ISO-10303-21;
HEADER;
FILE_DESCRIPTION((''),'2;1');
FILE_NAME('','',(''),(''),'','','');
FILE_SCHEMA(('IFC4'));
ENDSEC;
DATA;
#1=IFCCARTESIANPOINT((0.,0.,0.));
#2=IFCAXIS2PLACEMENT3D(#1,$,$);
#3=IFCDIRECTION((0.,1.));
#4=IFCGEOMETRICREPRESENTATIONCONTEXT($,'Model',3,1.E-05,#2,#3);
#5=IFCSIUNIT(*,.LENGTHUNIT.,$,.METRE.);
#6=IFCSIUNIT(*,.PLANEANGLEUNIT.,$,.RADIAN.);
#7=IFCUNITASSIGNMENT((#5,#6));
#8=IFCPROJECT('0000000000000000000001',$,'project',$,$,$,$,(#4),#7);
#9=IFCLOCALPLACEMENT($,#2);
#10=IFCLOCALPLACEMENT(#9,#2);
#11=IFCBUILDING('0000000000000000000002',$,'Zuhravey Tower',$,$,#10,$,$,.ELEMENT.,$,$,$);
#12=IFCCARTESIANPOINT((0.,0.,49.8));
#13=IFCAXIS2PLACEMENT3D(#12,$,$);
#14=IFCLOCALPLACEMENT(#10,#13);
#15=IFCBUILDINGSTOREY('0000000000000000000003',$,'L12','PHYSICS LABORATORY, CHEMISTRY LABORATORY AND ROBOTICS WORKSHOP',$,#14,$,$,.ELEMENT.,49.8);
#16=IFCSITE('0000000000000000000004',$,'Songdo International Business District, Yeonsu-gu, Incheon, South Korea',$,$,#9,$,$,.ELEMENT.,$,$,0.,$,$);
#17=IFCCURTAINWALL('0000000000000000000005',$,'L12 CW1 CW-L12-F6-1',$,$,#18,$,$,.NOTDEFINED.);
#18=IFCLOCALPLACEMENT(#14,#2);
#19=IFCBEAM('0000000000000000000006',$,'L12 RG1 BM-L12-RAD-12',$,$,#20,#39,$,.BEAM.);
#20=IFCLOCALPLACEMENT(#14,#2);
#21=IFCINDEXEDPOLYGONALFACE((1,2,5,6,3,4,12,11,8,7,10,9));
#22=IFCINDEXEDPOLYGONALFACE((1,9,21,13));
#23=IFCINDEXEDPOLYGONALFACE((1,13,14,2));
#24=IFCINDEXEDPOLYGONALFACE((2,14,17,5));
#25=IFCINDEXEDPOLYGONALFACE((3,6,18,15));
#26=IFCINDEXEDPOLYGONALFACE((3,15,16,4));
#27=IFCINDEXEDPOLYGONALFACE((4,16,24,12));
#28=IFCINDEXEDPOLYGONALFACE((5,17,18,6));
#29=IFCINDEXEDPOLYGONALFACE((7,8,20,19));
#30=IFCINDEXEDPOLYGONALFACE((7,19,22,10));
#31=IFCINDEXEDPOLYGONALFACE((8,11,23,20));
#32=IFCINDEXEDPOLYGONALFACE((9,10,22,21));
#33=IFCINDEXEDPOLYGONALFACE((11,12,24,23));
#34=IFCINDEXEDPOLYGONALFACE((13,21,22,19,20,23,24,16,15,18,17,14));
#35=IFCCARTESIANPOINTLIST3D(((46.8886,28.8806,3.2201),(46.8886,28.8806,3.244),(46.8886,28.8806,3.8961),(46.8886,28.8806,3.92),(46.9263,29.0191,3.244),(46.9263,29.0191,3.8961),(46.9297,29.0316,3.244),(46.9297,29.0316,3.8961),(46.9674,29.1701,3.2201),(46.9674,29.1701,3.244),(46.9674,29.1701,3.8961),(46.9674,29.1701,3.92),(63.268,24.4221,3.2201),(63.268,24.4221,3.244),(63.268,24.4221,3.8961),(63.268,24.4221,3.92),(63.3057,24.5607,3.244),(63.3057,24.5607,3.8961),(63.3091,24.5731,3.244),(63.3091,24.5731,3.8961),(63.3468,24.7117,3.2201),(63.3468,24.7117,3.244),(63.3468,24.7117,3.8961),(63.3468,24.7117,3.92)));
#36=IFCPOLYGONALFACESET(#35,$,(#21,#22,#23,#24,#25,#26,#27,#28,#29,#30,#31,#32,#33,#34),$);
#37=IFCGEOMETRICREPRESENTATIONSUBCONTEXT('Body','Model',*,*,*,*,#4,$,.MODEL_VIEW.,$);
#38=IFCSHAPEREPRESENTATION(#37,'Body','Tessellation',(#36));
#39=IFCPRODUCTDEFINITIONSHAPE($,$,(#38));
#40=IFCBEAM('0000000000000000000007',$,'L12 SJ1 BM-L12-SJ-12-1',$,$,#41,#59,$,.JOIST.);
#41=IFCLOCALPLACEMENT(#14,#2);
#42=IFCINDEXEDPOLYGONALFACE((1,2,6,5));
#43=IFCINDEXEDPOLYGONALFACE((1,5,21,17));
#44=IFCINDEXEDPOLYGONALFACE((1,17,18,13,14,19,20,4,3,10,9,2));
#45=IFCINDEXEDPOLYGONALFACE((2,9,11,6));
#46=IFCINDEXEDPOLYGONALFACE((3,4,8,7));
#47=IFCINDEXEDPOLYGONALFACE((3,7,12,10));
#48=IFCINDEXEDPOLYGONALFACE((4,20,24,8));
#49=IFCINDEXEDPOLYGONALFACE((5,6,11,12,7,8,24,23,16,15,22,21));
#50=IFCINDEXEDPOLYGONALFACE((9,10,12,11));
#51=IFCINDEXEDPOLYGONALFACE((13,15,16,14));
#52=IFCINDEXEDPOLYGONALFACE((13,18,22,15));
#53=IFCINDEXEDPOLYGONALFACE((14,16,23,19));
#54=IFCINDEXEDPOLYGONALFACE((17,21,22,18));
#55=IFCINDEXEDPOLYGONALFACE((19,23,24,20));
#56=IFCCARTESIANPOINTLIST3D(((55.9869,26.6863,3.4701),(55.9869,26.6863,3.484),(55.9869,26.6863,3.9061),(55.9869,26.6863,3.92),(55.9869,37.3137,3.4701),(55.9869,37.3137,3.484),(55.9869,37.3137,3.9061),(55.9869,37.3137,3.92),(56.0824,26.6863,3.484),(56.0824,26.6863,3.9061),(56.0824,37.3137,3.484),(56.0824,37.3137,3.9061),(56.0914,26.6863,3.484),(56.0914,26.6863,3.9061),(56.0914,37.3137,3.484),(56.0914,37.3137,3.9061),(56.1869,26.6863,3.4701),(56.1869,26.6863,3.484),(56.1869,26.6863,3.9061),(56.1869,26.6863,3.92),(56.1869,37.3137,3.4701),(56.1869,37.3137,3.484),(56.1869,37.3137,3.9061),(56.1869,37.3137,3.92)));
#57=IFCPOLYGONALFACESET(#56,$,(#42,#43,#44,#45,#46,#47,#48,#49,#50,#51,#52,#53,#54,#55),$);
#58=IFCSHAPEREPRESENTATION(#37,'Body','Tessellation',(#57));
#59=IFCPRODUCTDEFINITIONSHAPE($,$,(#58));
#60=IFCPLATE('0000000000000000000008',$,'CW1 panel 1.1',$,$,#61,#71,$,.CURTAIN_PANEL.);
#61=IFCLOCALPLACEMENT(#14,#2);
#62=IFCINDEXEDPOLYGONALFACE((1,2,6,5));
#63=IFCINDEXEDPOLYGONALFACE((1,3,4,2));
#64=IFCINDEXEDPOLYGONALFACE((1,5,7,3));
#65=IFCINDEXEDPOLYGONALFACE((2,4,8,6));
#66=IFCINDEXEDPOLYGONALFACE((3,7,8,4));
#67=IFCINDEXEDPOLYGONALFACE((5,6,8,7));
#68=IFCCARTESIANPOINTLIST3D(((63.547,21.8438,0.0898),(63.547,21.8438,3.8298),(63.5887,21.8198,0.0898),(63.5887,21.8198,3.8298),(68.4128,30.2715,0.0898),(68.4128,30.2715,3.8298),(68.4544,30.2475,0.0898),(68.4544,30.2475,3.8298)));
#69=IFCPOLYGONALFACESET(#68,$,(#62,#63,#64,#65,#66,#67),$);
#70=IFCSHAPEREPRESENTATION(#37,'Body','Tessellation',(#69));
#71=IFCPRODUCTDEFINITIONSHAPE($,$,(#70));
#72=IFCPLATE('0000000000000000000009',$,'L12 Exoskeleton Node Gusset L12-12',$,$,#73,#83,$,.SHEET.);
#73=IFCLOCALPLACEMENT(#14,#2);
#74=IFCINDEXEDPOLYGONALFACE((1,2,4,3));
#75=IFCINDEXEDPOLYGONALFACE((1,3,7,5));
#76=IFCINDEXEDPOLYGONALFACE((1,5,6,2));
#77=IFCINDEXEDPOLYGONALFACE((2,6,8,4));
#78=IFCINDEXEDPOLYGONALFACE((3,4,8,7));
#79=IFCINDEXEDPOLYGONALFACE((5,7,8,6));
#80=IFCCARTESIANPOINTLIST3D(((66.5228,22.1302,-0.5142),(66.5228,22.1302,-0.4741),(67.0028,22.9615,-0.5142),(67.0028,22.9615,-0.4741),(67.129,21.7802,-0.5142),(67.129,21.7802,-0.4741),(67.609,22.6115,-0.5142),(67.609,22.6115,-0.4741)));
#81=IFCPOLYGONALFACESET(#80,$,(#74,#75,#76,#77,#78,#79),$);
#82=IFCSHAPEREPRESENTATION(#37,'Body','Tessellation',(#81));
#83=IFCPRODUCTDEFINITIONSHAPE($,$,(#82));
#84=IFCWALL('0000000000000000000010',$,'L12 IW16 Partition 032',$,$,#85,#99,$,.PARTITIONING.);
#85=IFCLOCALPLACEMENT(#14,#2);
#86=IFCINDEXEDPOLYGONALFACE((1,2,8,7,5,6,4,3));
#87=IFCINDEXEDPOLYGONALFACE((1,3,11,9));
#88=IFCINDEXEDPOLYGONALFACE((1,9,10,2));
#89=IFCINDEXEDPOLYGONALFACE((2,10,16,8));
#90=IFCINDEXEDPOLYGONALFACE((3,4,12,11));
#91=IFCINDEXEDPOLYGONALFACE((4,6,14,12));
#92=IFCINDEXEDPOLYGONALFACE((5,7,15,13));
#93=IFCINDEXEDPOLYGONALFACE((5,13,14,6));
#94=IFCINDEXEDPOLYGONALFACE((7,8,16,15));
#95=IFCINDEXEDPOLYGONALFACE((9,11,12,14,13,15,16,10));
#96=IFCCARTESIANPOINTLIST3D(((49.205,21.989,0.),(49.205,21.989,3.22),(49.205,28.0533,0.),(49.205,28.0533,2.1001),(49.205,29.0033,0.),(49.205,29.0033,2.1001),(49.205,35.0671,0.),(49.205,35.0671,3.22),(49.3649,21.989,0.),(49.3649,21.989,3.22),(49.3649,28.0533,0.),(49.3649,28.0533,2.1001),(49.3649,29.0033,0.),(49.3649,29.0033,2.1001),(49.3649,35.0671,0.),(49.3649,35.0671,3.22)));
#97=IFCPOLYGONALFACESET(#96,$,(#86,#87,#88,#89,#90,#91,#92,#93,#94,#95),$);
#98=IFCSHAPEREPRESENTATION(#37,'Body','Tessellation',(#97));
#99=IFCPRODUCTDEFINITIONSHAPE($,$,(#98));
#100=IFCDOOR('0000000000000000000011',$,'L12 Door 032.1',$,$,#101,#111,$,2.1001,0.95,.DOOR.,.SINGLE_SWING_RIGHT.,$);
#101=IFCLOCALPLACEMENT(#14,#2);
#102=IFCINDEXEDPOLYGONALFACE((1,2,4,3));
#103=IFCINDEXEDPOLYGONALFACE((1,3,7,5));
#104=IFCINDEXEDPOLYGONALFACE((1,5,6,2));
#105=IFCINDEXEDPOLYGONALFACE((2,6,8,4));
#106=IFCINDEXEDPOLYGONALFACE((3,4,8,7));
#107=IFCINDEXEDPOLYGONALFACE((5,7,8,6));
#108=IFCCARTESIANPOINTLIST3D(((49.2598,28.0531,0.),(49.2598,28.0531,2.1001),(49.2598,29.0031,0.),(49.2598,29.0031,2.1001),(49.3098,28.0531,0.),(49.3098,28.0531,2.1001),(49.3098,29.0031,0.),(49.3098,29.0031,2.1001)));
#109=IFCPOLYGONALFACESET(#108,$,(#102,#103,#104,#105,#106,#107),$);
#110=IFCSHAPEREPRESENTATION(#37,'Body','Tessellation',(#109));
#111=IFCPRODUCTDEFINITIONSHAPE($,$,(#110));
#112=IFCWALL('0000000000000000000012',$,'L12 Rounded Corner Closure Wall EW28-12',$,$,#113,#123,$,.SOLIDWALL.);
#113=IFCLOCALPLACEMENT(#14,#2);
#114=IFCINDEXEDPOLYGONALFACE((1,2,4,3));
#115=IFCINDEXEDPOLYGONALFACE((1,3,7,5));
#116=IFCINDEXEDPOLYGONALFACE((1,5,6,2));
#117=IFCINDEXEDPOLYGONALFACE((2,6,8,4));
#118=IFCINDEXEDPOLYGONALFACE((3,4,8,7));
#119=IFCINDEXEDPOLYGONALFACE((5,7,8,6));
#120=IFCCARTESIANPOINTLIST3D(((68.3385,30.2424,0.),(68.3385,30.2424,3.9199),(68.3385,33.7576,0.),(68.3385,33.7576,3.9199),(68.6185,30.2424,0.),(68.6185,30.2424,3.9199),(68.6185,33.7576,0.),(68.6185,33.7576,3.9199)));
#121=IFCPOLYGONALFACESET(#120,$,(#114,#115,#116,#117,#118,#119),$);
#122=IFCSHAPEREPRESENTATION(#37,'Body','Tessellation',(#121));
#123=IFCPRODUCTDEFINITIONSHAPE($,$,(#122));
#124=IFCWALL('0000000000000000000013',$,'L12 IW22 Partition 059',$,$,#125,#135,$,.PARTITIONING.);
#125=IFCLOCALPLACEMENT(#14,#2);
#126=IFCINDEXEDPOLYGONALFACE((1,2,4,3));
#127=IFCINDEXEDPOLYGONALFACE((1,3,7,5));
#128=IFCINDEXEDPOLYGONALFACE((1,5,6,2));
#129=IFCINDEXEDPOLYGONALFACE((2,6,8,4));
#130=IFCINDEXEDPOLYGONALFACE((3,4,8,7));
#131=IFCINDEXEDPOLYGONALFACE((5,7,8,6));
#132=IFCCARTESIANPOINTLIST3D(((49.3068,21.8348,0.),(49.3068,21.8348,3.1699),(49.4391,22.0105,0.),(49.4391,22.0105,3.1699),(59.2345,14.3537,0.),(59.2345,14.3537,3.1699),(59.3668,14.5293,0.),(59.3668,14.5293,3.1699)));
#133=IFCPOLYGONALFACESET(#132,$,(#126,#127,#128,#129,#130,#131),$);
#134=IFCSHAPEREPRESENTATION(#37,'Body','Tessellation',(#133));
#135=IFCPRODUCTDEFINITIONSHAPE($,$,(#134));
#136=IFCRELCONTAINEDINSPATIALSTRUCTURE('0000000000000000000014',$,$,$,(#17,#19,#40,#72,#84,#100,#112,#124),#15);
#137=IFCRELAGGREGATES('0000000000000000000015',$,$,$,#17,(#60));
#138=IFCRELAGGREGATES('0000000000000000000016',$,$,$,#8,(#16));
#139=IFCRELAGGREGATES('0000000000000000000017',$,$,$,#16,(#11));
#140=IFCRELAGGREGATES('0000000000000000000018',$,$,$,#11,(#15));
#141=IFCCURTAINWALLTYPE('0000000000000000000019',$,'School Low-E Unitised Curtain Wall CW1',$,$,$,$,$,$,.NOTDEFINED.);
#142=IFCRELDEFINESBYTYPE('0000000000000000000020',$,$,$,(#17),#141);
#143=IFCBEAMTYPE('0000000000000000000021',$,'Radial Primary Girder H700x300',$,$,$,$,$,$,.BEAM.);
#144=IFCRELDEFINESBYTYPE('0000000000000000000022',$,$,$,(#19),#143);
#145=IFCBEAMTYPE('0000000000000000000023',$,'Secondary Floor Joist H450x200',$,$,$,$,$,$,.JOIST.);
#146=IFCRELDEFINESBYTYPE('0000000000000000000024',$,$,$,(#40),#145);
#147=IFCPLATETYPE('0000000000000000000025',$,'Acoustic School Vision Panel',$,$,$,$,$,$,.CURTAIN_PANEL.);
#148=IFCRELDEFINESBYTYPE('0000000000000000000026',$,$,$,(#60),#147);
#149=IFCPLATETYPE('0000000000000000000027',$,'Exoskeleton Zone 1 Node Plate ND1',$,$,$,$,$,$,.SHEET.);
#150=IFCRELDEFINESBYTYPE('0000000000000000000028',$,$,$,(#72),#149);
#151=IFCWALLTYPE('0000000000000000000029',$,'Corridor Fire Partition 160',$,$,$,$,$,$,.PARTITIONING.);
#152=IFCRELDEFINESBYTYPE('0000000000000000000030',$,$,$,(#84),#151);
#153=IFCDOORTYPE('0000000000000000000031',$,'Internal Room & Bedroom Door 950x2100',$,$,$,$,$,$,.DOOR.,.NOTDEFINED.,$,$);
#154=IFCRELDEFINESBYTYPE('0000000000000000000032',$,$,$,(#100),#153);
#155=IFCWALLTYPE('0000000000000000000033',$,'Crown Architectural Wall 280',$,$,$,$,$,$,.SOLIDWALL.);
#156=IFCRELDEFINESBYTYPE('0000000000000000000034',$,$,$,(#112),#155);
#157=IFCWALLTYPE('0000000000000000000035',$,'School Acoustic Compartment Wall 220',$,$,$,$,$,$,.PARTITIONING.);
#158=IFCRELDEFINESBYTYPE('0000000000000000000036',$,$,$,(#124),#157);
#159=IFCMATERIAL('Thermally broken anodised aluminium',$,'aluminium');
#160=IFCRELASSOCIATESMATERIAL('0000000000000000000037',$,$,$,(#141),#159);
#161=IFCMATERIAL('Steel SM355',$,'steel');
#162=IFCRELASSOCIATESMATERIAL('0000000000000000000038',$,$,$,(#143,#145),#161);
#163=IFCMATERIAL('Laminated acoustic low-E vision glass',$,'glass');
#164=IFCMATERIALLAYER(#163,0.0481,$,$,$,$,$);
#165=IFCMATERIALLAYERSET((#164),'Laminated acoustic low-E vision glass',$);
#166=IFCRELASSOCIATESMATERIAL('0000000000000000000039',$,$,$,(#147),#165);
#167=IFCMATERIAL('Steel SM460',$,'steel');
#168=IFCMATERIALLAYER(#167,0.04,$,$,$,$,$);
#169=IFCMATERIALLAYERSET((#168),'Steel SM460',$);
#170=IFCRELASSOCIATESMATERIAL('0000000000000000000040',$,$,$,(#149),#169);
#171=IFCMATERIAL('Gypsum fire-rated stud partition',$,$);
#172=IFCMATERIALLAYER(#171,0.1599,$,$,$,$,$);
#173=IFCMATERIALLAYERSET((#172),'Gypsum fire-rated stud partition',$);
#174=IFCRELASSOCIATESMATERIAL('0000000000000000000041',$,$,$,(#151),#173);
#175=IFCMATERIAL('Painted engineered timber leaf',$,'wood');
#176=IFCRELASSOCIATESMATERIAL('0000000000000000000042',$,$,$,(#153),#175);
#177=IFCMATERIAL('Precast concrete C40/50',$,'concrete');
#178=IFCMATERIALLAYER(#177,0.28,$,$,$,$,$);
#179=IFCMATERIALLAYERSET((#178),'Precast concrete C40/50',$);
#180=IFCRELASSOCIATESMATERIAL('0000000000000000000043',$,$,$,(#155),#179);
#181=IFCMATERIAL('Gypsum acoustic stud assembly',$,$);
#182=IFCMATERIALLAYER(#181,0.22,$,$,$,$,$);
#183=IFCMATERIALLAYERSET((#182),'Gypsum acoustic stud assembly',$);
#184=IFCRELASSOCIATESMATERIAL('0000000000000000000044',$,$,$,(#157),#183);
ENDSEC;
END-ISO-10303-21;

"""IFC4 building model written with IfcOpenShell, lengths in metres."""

from ifc_helpers import new_model, si_unit, direction, frame, frame_2d, origin, origin_2d, place, context, subcontext, project, spatial, rectangle, i_section, extrude, material, layer, layer_set, material_profile, profile_set, type_object, element, fill, aggregate, save


model = new_model("IFC4")

# Units and contexts
model_context = context("Model", 3, precision=1e-05, world=origin(), true_north=direction((0.0, 1.0)))
body_context = subcontext(model_context, "Body", "Model", "MODEL_VIEW")
ifc_project = project(units=[si_unit("LENGTHUNIT", "METRE"), si_unit("PLANEANGLEUNIT", "RADIAN")], contexts=[model_context])

# Site, building, storey
site_placement = place(None, origin())
site = spatial("IfcSite", under=ifc_project, at=site_placement, Name="Songdo International Business District, Yeonsu-gu, Incheon, South Korea", CompositionType="ELEMENT", RefElevation=0.0)
building_placement = place(site_placement, origin())
building = spatial("IfcBuilding", under=site, at=building_placement, Name="Zuhravey Tower", CompositionType="ELEMENT")
storey_placement = place(building_placement, frame((0.0, 0.0, 49.8)))
storey = spatial("IfcBuildingStorey", under=building, at=storey_placement, Name="L12", Description="PHYSICS LABORATORY, CHEMISTRY LABORATORY AND ROBOTICS WORKSHOP", CompositionType="ELEMENT", Elevation=49.8)

# Curtain wall
ifc_material_1 = material(Name="Thermally broken anodised aluminium", Category="aluminium")
curtain_wall_type = type_object("IfcCurtainWallType", Name="School Low-E Unitised Curtain Wall CW1", PredefinedType="NOTDEFINED", material=ifc_material_1)
curtain_wall_1_placement = place(storey_placement, origin())
curtain_wall_1 = element("IfcCurtainWall", 1, at=curtain_wall_1_placement, inside=storey, type_object=curtain_wall_type, Name="L12 CW1 CW-L12-F6-1", PredefinedType="NOTDEFINED")

# Shared definitions
ifc_material_2 = material(Name="Steel SM460", Category="steel")

# Beams
ifc_material_3 = material(Name="Steel SM355", Category="steel")
ifc_material_profile_1 = material_profile(ifc_material_3, i_section(OverallWidth=0.3, OverallDepth=0.7, WebThickness=0.0129, FlangeThickness=0.0239, at=origin_2d()), Name="H-700x300x13x24")
ifc_profile_set_1 = profile_set([ifc_material_profile_1], Name="Steel SM355")
beam_type_1 = type_object("IfcBeamType", Name="Radial Primary Girder H700x300", PredefinedType="BEAM", material=ifc_profile_set_1)
beam_1_placement = place(storey_placement, frame((46.928, 29.0254, 3.5701), z_axis=(0.964892, -0.262645, 0.0), x_axis=(0.262645, 0.964892, 0.0)))
element("IfcBeam", 2, at=beam_1_placement, inside=storey, type_object=beam_type_1, Name="L12 RG1 BM-L12-RAD-12", PredefinedType="BEAM", context=body_context, shape_type="SweptSolid", body=[
    extrude(i_section(OverallWidth=0.3, OverallDepth=0.7, WebThickness=0.0129, FlangeThickness=0.0239, at=origin_2d()), origin(), (0.0, 0.0, 1.0), 16.9753),
])
ifc_material_profile_2 = material_profile(ifc_material_3, i_section(OverallWidth=0.2, OverallDepth=0.45, WebThickness=0.009, FlangeThickness=0.0139, at=origin_2d()), Name="H-450x200x9x14")
ifc_profile_set_2 = profile_set([ifc_material_profile_2], Name="Steel SM355")
beam_type_2 = type_object("IfcBeamType", Name="Secondary Floor Joist H450x200", PredefinedType="JOIST", material=ifc_profile_set_2)
beam_2_placement = place(storey_placement, frame((56.0869, 26.6863, 3.6951), z_axis=(0.0, 1.0, 0.0), x_axis=(-1.0, 0.0, 0.0)))
element("IfcBeam", 3, at=beam_2_placement, inside=storey, type_object=beam_type_2, Name="L12 SJ1 BM-L12-SJ-12-1", PredefinedType="JOIST", context=body_context, shape_type="SweptSolid", body=[
    extrude(i_section(OverallWidth=0.2, OverallDepth=0.45, WebThickness=0.009, FlangeThickness=0.0139, at=origin_2d()), origin(), (0.0, 0.0, 1.0), 10.6274),
])

# Plates
ifc_material_4 = material(Name="Laminated acoustic low-E vision glass", Category="glass")
ifc_layer_1 = layer(ifc_material_4, 0.0481)
ifc_layer_set_1 = layer_set([ifc_layer_1], Name="Laminated acoustic low-E vision glass")
plate_type_1 = type_object("IfcPlateType", Name="Acoustic School Vision Panel", PredefinedType="CURTAIN_PANEL", material=ifc_layer_set_1)
plate_1_placement = place(storey_placement, frame((66.0007, 26.0457, 0.0898), z_axis=(0.0, 0.0, 1.0), x_axis=(-0.5, -0.866026, 0.0)))
plate_1 = element("IfcPlate", 4, at=plate_1_placement, type_object=plate_type_1, Name="CW1 panel 1.1", PredefinedType="CURTAIN_PANEL", context=body_context, shape_type="SweptSolid", body=[
    extrude(rectangle(XDim=9.7314, YDim=0.0481, at=origin_2d()), origin(), (0.0, 0.0, 1.0), 3.74),
])
aggregate(curtain_wall_1, [plate_1])
ifc_layer_2 = layer(ifc_material_2, 0.04)
ifc_layer_set_2 = layer_set([ifc_layer_2], Name="Steel SM460")
plate_type_2 = type_object("IfcPlateType", Name="Exoskeleton Zone 1 Node Plate ND1", PredefinedType="SHEET", material=ifc_layer_set_2)
plate_2_placement = place(storey_placement, frame((67.0659, 22.3708, -0.5142), z_axis=(0.0, 0.0, 1.0), x_axis=(0.5, 0.866025, 0.0)))
element("IfcPlate", 5, at=plate_2_placement, inside=storey, type_object=plate_type_2, Name="L12 Exoskeleton Node Gusset L12-12", PredefinedType="SHEET", context=body_context, shape_type="SweptSolid", body=[
    extrude(rectangle(XDim=0.96, YDim=0.7, at=origin_2d()), origin(), (0.0, 0.0, 1.0), 0.04),
])

# Wall, opening, door
ifc_material_5 = material(Name="Gypsum fire-rated stud partition")
ifc_layer_3 = layer(ifc_material_5, 0.1599)
ifc_layer_set_3 = layer_set([ifc_layer_3], Name="Gypsum fire-rated stud partition")
wall_type_1 = type_object("IfcWallType", Name="Corridor Fire Partition 160", PredefinedType="PARTITIONING", material=ifc_layer_set_3)
wall_1_placement = place(storey_placement, frame((49.2849, 21.989, 0.0), z_axis=(0.0, 0.0, 1.0), x_axis=(0.0, 1.0, 0.0)))
wall_1 = element("IfcWall", 6, at=wall_1_placement, inside=storey, type_object=wall_type_1, Name="L12 IW16 Partition 032", PredefinedType="PARTITIONING", context=body_context, shape_type="SweptSolid", body=[
    extrude(rectangle(XDim=13.0781, YDim=0.1599, at=frame_2d((6.5391, 0.0))), origin(), (0.0, 0.0, 1.0), 3.22),
])
opening_placement = place(wall_1_placement, frame((6.0642, 0.0, 0.0)))
opening = element("IfcOpeningElement", 7, at=opening_placement, cuts=wall_1, PredefinedType="OPENING", context=body_context, shape_type="SweptSolid", body=[
    extrude(rectangle(XDim=0.95, YDim=2.1001, at=frame_2d((0.4751, 1.05))), frame((0.0, 0.092, 0.0), z_axis=(0.0, -1.0, 0.0), x_axis=(1.0, 0.0, 0.0)), (0.0, 0.0, 1.0), 0.1838),
])
ifc_material_6 = material(Name="Painted engineered timber leaf", Category="wood")
door_type = type_object("IfcDoorType", Name="Internal Room & Bedroom Door 950x2100", OperationType="NOTDEFINED", PredefinedType="DOOR", material=ifc_material_6)
door_placement = place(opening_placement, frame((0.95, 0.0, 0.0), z_axis=(0.0, 0.0, 1.0), x_axis=(-1.0, 0.0, 0.0)))
door = element("IfcDoor", 8, at=door_placement, inside=storey, type_object=door_type, Name="L12 Door 032.1", OperationType="SINGLE_SWING_RIGHT", OverallHeight=2.1001, OverallWidth=0.95, PredefinedType="DOOR", context=body_context, shape_type="SweptSolid", body=[
    extrude(rectangle(XDim=0.95, YDim=2.1001, at=frame_2d((0.4751, 1.05))), frame((0.0, 0.0249, 0.0), z_axis=(0.0, -1.0, 0.0), x_axis=(1.0, 0.0, 0.0)), (0.0, 0.0, 1.0), 0.05),
])
fill(opening, door)

# Walls
ifc_material_7 = material(Name="Precast concrete C40/50", Category="concrete")
ifc_layer_4 = layer(ifc_material_7, 0.28)
ifc_layer_set_4 = layer_set([ifc_layer_4], Name="Precast concrete C40/50")
wall_type_2 = type_object("IfcWallType", Name="Crown Architectural Wall 280", PredefinedType="SOLIDWALL", material=ifc_layer_set_4)
wall_2_placement = place(storey_placement, frame((68.4785, 33.7576, 0.0), z_axis=(0.0, 0.0, 1.0), x_axis=(0.0, -1.0, 0.0)))
element("IfcWall", 9, at=wall_2_placement, inside=storey, type_object=wall_type_2, Name="L12 Rounded Corner Closure Wall EW28-12", PredefinedType="SOLIDWALL", context=body_context, shape_type="SweptSolid", body=[
    extrude(rectangle(XDim=3.5151, YDim=0.28, at=frame_2d((1.7576, 0.0))), origin(), (0.0, 0.0, 1.0), 3.9199),
])
ifc_material_8 = material(Name="Gypsum acoustic stud assembly")
ifc_layer_5 = layer(ifc_material_8, 0.22)
ifc_layer_set_5 = layer_set([ifc_layer_5], Name="Gypsum acoustic stud assembly")
wall_type_3 = type_object("IfcWallType", Name="School Acoustic Compartment Wall 220", PredefinedType="PARTITIONING", material=ifc_layer_set_5)
wall_3_placement = place(storey_placement, frame((49.373, 21.9226, 0.0), z_axis=(0.0, 0.0, 1.0), x_axis=(0.798631, -0.601821, 0.0)))
element("IfcWall", 10, at=wall_3_placement, inside=storey, type_object=wall_type_3, Name="L12 IW22 Partition 059", PredefinedType="PARTITIONING", context=body_context, shape_type="SweptSolid", body=[
    extrude(rectangle(XDim=12.4309, YDim=0.22, at=frame_2d((6.2153, 0.0))), origin(), (0.0, 0.0, 1.0), 3.1699),
])

save(model, "model.ifc")
